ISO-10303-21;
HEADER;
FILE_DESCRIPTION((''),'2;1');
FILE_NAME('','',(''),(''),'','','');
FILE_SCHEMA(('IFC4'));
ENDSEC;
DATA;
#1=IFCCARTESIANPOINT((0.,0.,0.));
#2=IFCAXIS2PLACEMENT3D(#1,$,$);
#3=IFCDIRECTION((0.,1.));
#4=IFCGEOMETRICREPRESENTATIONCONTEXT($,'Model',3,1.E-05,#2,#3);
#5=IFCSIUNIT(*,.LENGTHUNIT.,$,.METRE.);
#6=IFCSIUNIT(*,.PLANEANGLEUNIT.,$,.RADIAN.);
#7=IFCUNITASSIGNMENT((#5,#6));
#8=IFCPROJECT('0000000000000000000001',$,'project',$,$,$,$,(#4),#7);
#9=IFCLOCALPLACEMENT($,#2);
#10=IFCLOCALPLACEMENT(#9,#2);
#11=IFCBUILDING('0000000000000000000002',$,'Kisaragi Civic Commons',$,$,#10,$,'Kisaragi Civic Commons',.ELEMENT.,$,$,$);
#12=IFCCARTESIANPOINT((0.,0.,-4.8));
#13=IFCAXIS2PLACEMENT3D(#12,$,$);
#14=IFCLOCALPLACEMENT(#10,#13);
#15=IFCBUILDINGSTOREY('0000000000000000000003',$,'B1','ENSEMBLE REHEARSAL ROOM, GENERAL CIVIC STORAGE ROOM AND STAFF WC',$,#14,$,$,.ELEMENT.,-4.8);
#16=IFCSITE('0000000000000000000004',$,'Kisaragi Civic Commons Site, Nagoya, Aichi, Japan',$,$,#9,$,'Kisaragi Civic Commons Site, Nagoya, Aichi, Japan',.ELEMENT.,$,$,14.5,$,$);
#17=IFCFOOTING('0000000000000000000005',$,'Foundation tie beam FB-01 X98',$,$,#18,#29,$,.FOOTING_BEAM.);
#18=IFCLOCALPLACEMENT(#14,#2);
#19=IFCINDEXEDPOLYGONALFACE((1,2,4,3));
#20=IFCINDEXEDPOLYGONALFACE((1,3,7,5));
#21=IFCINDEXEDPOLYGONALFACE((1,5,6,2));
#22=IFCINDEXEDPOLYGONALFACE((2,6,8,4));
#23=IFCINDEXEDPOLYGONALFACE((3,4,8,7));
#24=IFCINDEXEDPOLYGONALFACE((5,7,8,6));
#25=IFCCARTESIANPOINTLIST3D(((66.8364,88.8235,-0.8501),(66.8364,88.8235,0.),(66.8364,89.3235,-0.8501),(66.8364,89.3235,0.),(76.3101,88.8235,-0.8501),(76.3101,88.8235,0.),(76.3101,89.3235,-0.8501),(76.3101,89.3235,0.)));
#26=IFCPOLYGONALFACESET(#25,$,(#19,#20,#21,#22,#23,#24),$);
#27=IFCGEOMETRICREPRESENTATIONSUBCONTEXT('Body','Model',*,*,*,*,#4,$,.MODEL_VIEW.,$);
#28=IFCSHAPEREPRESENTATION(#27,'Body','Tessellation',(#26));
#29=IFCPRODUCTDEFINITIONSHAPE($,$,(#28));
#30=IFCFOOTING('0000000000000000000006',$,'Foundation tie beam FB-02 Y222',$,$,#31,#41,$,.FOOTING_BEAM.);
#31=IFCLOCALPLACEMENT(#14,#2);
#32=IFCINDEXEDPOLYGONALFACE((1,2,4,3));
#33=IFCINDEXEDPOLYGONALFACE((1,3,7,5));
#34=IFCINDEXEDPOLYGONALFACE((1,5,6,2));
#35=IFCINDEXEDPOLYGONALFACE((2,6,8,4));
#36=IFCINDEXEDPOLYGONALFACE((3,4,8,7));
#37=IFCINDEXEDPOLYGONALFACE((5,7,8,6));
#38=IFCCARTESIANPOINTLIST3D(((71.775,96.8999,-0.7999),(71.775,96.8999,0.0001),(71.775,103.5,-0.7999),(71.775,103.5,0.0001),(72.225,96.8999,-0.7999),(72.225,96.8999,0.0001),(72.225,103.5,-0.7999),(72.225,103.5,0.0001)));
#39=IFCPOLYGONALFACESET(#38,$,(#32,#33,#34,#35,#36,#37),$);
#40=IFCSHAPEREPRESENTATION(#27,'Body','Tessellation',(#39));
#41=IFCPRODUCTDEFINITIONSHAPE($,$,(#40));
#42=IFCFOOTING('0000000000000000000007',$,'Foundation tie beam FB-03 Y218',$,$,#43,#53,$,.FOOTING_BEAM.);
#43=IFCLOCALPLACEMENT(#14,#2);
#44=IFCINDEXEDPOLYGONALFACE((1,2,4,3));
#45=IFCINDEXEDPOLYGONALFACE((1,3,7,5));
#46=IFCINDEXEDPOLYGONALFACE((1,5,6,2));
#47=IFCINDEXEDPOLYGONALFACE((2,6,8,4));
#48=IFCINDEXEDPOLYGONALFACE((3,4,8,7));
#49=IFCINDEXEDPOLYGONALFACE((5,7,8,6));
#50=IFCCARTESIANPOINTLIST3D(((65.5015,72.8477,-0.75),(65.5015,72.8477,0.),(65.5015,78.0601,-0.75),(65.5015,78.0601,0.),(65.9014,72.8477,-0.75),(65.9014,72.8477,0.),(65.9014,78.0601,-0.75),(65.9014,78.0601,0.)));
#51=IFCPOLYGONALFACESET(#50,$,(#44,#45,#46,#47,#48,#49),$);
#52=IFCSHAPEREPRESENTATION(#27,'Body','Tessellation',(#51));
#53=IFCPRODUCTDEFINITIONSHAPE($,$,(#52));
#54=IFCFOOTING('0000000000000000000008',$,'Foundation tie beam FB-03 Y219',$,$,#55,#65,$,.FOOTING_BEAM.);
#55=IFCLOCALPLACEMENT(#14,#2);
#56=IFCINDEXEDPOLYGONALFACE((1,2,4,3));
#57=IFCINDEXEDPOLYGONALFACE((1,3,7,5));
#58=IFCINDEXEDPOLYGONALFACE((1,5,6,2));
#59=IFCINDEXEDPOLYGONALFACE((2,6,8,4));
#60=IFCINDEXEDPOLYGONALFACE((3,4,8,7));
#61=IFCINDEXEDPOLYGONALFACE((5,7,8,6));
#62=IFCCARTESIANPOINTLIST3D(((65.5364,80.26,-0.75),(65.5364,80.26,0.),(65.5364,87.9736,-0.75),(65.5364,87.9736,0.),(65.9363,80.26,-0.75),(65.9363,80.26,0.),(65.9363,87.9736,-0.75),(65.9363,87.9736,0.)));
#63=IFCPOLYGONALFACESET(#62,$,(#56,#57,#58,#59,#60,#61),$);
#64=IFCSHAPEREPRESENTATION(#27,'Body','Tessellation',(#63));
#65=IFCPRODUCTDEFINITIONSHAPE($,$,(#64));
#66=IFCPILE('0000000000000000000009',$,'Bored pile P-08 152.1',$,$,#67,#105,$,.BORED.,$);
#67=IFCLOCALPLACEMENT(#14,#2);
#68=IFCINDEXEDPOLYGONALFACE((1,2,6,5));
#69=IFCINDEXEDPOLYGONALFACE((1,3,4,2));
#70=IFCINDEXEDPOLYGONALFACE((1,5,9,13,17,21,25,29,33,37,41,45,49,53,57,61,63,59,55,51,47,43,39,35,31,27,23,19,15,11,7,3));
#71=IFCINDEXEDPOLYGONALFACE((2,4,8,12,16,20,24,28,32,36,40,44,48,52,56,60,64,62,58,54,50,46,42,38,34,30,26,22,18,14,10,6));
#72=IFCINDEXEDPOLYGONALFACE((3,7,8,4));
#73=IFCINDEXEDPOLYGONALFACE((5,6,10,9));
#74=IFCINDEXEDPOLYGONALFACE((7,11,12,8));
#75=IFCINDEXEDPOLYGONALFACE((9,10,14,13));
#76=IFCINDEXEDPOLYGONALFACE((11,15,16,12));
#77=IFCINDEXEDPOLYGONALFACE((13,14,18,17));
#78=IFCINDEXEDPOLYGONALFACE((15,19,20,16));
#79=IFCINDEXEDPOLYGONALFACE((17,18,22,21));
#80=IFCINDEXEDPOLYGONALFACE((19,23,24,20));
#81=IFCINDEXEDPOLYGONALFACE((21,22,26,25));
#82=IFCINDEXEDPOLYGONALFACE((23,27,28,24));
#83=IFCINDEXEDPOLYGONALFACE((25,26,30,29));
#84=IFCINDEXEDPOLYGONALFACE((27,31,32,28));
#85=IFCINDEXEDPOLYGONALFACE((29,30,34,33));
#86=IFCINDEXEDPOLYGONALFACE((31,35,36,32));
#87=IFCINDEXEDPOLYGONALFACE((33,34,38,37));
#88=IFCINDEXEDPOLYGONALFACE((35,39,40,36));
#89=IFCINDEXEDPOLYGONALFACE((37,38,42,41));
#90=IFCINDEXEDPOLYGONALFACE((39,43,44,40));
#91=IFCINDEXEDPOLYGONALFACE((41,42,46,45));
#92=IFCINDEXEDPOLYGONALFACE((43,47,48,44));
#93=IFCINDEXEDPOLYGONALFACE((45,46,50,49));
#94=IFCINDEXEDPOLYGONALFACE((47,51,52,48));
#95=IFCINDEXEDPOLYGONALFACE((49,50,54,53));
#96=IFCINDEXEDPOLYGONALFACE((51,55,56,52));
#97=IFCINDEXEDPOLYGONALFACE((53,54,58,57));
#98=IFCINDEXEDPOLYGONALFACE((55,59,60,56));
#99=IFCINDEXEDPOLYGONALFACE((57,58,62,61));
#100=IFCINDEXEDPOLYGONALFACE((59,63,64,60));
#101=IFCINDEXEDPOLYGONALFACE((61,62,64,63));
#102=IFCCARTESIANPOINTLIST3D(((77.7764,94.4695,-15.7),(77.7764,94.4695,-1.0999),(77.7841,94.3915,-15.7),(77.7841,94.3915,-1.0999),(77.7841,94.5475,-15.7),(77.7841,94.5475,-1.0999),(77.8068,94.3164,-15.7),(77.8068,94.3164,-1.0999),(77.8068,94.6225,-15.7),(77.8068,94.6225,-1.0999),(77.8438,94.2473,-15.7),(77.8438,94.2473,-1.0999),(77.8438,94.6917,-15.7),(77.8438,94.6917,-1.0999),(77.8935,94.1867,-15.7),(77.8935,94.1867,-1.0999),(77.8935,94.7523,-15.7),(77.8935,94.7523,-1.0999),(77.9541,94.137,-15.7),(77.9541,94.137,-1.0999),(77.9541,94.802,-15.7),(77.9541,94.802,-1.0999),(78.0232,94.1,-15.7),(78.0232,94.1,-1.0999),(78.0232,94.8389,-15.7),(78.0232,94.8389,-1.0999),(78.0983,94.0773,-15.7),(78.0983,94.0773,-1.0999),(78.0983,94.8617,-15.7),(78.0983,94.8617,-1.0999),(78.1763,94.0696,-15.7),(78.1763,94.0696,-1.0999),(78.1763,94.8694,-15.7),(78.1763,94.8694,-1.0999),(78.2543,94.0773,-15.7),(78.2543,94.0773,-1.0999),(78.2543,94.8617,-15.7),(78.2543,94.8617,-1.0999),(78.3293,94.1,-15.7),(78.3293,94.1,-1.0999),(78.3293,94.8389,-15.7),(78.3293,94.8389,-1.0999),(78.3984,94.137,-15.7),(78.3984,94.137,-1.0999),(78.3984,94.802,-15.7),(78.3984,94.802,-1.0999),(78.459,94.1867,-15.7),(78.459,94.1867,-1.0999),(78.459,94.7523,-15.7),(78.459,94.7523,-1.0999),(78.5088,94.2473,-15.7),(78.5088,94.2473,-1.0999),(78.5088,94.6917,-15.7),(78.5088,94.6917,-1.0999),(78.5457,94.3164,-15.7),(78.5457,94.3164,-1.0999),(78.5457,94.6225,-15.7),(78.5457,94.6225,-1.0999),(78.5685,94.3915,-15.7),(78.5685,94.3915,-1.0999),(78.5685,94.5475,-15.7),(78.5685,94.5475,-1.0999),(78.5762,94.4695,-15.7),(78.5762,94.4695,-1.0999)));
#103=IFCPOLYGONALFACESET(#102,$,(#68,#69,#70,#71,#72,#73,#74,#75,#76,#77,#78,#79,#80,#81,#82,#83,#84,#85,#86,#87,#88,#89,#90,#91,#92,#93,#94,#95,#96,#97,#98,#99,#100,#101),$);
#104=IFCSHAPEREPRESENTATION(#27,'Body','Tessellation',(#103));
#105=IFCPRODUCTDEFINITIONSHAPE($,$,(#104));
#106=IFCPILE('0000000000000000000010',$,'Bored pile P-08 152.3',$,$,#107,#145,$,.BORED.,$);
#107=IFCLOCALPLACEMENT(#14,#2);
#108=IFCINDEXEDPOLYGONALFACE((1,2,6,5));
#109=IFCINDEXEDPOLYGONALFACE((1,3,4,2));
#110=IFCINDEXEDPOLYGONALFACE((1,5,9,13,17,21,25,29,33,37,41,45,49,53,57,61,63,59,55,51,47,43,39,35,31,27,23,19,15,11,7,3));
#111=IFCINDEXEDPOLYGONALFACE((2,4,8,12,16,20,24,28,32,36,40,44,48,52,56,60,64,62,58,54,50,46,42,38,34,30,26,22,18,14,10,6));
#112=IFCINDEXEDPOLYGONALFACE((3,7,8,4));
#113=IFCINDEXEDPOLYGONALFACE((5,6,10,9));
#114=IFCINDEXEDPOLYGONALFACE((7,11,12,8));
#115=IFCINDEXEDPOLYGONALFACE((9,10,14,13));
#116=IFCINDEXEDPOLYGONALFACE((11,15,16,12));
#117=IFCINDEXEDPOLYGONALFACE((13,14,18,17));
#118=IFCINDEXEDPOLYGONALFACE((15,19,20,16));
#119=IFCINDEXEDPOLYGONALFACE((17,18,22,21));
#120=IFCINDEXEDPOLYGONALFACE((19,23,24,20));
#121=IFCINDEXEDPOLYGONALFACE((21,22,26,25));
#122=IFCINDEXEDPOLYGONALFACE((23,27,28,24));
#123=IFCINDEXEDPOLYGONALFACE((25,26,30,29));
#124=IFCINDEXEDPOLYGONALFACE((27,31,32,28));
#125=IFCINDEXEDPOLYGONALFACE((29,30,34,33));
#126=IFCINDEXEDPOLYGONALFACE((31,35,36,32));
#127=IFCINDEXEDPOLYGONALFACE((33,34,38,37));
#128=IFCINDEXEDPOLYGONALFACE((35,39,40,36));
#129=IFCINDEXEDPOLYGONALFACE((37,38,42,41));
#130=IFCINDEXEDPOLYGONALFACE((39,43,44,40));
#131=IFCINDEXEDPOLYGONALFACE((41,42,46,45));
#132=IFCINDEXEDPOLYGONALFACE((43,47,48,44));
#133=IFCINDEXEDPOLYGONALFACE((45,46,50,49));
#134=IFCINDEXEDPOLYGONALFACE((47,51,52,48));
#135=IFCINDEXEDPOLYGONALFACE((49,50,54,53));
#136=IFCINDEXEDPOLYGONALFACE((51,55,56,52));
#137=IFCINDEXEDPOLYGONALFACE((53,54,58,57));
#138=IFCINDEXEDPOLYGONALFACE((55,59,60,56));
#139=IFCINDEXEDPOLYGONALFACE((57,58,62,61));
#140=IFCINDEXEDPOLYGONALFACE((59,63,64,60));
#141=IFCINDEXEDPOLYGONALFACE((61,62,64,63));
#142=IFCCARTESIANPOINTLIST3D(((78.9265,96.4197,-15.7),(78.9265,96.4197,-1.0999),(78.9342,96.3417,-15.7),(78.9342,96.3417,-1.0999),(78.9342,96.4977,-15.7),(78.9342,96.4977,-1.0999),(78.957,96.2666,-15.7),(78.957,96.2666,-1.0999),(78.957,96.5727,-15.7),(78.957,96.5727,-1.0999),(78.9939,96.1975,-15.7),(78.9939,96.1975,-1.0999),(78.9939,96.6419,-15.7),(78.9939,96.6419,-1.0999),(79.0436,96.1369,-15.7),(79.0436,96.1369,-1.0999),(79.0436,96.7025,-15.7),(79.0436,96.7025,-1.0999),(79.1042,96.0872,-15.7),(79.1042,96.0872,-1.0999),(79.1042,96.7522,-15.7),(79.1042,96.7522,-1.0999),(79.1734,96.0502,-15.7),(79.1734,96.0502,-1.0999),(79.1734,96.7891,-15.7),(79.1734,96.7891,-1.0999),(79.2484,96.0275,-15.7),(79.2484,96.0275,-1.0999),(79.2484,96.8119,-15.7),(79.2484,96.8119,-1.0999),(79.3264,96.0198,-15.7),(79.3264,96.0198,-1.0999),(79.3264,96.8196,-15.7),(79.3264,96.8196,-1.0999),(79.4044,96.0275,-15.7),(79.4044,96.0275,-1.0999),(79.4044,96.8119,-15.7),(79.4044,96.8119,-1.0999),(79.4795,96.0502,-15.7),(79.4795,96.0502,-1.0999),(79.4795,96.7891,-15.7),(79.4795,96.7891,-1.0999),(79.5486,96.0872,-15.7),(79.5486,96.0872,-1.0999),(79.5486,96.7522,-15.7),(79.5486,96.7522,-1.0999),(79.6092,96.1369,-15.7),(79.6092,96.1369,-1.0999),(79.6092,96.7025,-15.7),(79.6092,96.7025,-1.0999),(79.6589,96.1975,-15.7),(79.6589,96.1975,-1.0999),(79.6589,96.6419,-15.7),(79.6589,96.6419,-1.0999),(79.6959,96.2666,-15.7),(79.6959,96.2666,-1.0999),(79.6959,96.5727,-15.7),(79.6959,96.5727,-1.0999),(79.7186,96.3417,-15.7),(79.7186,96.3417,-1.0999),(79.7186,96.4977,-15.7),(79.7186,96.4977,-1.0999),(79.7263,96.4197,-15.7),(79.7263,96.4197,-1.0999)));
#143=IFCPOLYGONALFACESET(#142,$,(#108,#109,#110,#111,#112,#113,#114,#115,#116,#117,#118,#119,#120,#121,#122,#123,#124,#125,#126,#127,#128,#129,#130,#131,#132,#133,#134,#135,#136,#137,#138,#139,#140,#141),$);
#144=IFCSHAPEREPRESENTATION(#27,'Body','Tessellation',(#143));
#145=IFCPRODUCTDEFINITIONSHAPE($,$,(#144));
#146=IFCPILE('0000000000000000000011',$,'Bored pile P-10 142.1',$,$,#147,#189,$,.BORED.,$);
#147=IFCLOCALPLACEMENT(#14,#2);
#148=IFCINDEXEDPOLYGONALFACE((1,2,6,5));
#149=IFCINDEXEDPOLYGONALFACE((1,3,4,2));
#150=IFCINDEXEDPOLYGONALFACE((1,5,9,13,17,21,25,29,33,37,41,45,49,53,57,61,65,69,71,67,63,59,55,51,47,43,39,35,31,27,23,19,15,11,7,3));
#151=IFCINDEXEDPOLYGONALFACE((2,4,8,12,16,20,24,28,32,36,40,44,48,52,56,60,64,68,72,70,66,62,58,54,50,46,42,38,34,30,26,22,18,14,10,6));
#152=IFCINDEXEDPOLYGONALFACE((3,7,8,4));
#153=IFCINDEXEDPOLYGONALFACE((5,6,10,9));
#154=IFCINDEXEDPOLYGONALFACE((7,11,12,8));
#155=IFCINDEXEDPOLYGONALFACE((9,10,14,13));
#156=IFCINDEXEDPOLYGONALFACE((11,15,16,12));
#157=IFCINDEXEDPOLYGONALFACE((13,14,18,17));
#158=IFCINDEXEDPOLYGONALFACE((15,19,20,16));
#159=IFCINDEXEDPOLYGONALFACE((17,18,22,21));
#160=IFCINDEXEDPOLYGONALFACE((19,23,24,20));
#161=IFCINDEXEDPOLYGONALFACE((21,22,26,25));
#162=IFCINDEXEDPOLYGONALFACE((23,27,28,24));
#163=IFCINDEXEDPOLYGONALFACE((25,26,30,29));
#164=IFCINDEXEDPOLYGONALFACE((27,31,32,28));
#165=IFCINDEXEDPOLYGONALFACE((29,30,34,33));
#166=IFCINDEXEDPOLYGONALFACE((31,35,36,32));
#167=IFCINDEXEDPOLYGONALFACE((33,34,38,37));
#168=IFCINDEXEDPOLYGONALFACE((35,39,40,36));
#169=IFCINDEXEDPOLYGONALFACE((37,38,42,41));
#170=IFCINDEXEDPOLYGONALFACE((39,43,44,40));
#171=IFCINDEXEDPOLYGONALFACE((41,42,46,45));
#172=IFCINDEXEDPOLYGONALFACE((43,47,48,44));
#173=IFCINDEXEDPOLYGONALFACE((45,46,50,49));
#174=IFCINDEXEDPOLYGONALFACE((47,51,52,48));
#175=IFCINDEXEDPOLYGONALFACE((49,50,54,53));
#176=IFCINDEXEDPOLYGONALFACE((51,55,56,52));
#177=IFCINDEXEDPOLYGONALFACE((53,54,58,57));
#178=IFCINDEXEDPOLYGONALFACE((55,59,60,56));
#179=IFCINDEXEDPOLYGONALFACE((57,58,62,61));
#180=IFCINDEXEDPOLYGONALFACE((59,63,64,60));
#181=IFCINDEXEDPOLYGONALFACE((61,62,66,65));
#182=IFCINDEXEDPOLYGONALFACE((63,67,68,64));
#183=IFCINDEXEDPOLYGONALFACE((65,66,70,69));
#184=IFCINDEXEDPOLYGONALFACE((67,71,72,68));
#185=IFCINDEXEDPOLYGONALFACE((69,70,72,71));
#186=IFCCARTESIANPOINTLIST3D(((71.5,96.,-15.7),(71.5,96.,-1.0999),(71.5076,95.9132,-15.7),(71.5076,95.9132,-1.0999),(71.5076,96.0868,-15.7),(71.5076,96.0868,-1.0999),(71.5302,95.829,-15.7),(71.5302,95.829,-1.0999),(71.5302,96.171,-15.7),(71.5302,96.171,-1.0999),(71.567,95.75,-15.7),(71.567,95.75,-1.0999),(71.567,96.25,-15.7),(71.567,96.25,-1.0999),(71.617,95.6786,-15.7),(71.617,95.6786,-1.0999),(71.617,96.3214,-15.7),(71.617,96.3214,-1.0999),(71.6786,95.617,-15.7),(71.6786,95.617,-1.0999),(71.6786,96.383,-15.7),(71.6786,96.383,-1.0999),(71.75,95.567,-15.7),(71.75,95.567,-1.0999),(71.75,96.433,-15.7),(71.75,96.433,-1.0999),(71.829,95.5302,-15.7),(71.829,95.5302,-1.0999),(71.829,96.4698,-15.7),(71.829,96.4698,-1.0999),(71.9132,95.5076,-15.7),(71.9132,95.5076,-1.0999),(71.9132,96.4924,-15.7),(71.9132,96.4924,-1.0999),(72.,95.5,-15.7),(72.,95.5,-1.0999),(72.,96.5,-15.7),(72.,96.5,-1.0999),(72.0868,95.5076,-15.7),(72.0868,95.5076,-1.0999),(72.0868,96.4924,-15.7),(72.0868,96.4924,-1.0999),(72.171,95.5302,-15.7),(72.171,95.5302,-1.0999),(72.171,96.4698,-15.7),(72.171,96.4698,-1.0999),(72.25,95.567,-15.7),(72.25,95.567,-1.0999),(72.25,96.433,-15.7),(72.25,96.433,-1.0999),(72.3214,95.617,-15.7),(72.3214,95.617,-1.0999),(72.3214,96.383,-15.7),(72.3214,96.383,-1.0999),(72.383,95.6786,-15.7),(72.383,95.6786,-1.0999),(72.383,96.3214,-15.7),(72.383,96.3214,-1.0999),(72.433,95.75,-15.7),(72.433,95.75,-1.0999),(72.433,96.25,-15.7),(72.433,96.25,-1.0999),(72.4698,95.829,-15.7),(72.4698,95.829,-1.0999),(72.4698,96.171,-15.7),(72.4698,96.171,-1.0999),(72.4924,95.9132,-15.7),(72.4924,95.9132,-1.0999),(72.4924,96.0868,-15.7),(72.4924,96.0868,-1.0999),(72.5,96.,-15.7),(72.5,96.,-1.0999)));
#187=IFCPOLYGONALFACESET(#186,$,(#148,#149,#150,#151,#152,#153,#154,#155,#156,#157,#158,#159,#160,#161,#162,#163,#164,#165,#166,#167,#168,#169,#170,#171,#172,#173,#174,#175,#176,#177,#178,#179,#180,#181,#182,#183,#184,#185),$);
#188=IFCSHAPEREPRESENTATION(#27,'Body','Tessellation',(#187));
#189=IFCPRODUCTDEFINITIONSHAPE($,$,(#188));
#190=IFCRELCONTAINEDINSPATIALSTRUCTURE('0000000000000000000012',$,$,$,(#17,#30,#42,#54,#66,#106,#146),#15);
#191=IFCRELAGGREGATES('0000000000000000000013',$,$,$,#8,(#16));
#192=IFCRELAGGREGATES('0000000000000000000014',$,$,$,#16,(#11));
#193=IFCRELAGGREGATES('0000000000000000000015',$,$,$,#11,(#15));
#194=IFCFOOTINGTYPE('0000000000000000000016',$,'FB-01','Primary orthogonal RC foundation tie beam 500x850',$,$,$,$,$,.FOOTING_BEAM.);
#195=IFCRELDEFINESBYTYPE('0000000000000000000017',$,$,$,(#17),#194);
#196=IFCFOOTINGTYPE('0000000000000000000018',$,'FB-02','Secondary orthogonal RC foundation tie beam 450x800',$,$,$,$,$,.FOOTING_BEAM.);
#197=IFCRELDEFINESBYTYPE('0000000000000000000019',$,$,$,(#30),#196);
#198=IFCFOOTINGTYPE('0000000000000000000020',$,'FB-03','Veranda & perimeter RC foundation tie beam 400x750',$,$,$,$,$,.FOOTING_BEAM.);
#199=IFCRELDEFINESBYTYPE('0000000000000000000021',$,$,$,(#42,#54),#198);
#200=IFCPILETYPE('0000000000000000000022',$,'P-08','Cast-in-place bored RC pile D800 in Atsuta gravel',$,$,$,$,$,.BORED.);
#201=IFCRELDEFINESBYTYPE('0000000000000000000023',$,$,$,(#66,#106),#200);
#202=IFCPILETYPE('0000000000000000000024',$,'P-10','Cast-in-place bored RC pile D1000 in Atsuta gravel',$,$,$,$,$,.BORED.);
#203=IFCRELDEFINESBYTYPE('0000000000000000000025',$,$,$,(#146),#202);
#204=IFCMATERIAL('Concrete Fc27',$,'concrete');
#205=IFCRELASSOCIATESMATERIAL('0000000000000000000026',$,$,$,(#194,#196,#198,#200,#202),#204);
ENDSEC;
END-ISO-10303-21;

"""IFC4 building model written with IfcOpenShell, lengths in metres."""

from ifc_helpers import new_model, si_unit, direction, frame, origin, origin_2d, place, context, subcontext, project, spatial, rectangle, circle, extrude, material, material_profile, profile_set, type_object, element, save


model = new_model("IFC4")

# Units and contexts
model_context = context("Model", 3, precision=1e-05, world=origin(), true_north=direction((0.0, 1.0)))
body_context = subcontext(model_context, "Body", "Model", "MODEL_VIEW")
ifc_project = project(units=[si_unit("LENGTHUNIT", "METRE"), si_unit("PLANEANGLEUNIT", "RADIAN")], contexts=[model_context])

# Site, building, storey
site_placement = place(None, origin())
site = spatial("IfcSite", under=ifc_project, at=site_placement, Name="Kisaragi Civic Commons Site, Nagoya, Aichi, Japan", LongName="Kisaragi Civic Commons Site, Nagoya, Aichi, Japan", CompositionType="ELEMENT", RefElevation=14.5)
building_placement = place(site_placement, origin())
building = spatial("IfcBuilding", under=site, at=building_placement, Name="Kisaragi Civic Commons", LongName="Kisaragi Civic Commons", CompositionType="ELEMENT")
storey_placement = place(building_placement, frame((0.0, 0.0, -4.8)))
storey = spatial("IfcBuildingStorey", under=building, at=storey_placement, Name="B1", Description="ENSEMBLE REHEARSAL ROOM, GENERAL CIVIC STORAGE ROOM AND STAFF WC", CompositionType="ELEMENT", Elevation=-4.8)

# Footings
ifc_material_1 = material(Name="Concrete Fc27", Category="concrete")
ifc_material_profile_1 = material_profile(ifc_material_1, rectangle(XDim=0.5, YDim=0.8501, at=origin_2d()), Name="RC-500x850", Category="concrete")
ifc_profile_set_1 = profile_set([ifc_material_profile_1], Name="Concrete Fc27")
footing_type_1 = type_object("IfcFootingType", Name="FB-01", Description="Primary orthogonal RC foundation tie beam 500x850", PredefinedType="FOOTING_BEAM", material=ifc_profile_set_1)
footing_1_placement = place(storey_placement, frame((66.8364, 89.0735, -0.425), z_axis=(1.0, 0.0, 0.0), x_axis=(0.0, 1.0, 0.0)))
element("IfcFooting", 1, at=footing_1_placement, inside=storey, type_object=footing_type_1, Name="Foundation tie beam FB-01 X98", PredefinedType="FOOTING_BEAM", context=body_context, shape_type="SweptSolid", body=[
    extrude(rectangle(XDim=0.5, YDim=0.8501, at=origin_2d()), origin(), (0.0, 0.0, 1.0), 9.4736),
])
ifc_material_profile_2 = material_profile(ifc_material_1, rectangle(XDim=0.45, YDim=0.8, at=origin_2d()), Name="RC-450x800", Category="concrete")
ifc_profile_set_2 = profile_set([ifc_material_profile_2], Name="Concrete Fc27")
footing_type_2 = type_object("IfcFootingType", Name="FB-02", Description="Secondary orthogonal RC foundation tie beam 450x800", PredefinedType="FOOTING_BEAM", material=ifc_profile_set_2)
footing_2_placement = place(storey_placement, frame((72.0, 96.8999, -0.3999), z_axis=(0.0, 1.0, 0.0), x_axis=(-1.0, 0.0, 0.0)))
element("IfcFooting", 2, at=footing_2_placement, inside=storey, type_object=footing_type_2, Name="Foundation tie beam FB-02 Y222", PredefinedType="FOOTING_BEAM", context=body_context, shape_type="SweptSolid", body=[
    extrude(rectangle(XDim=0.45, YDim=0.8, at=origin_2d()), origin(), (0.0, 0.0, 1.0), 6.6001),
])
ifc_material_profile_3 = material_profile(ifc_material_1, rectangle(XDim=0.3999, YDim=0.75, at=origin_2d()), Name="RC-400x750", Category="concrete")
ifc_profile_set_3 = profile_set([ifc_material_profile_3], Name="Concrete Fc27")
footing_type_3 = type_object("IfcFootingType", Name="FB-03", Description="Veranda & perimeter RC foundation tie beam 400x750", PredefinedType="FOOTING_BEAM", material=ifc_profile_set_3)
footing_3_placement = place(storey_placement, frame((65.7014, 72.8477, -0.375), z_axis=(0.0, 1.0, 0.0), x_axis=(-1.0, 0.0, 0.0)))
element("IfcFooting", 3, at=footing_3_placement, inside=storey, type_object=footing_type_3, Name="Foundation tie beam FB-03 Y218", PredefinedType="FOOTING_BEAM", context=body_context, shape_type="SweptSolid", body=[
    extrude(rectangle(XDim=0.3999, YDim=0.75, at=origin_2d()), origin(), (0.0, 0.0, 1.0), 5.2124),
])
footing_4_placement = place(storey_placement, frame((65.7363, 80.26, -0.375), z_axis=(0.0, 1.0, 0.0), x_axis=(-1.0, 0.0, 0.0)))
element("IfcFooting", 4, at=footing_4_placement, inside=storey, type_object=footing_type_3, Name="Foundation tie beam FB-03 Y219", PredefinedType="FOOTING_BEAM", context=body_context, shape_type="SweptSolid", body=[
    extrude(rectangle(XDim=0.3999, YDim=0.75, at=origin_2d()), origin(), (0.0, 0.0, 1.0), 7.7136),
])

# Piles
ifc_material_profile_4 = material_profile(ifc_material_1, circle(Radius=0.3999, at=origin_2d()), Name="PILE-D800", Category="concrete")
ifc_profile_set_4 = profile_set([ifc_material_profile_4], Name="Concrete Fc27")
pile_type_1 = type_object("IfcPileType", Name="P-08", Description="Cast-in-place bored RC pile D800 in Atsuta gravel", PredefinedType="BORED", material=ifc_profile_set_4)
for number, where, z_axis, x_axis, name in (
    (5, (78.1763, 94.4695, -1.0999), (0.0, 0.0, -1.0), (1.0, 0.0, 0.0), "Bored pile P-08 152.1"),
    (6, (79.3264, 96.4197, -1.0999), (0.0, 0.0, -1.0), (1.0, 0.0, 0.0), "Bored pile P-08 152.3"),
):
    element("IfcPile", number, at=place(storey_placement, frame(where, z_axis=z_axis, x_axis=x_axis)), inside=storey, type_object=pile_type_1, Name=name, PredefinedType="BORED", context=body_context, shape_type="SweptSolid", body=[
        extrude(circle(Radius=0.3999, at=origin_2d()), origin(), (0.0, 0.0, 1.0), 14.6001),
    ])
ifc_material_profile_5 = material_profile(ifc_material_1, circle(Radius=0.5, at=origin_2d()), Name="PILE-D1000", Category="concrete")
ifc_profile_set_5 = profile_set([ifc_material_profile_5], Name="Concrete Fc27")
pile_type_2 = type_object("IfcPileType", Name="P-10", Description="Cast-in-place bored RC pile D1000 in Atsuta gravel", PredefinedType="BORED", material=ifc_profile_set_5)
pile_placement = place(storey_placement, frame((72.0, 96.0, -1.0999), z_axis=(0.0, 0.0, -1.0), x_axis=(1.0, 0.0, 0.0)))
element("IfcPile", 7, at=pile_placement, inside=storey, type_object=pile_type_2, Name="Bored pile P-10 142.1", PredefinedType="BORED", context=body_context, shape_type="SweptSolid", body=[
    extrude(circle(Radius=0.5, at=origin_2d()), origin(), (0.0, 0.0, 1.0), 14.6001),
])

save(model, "model.ifc")
